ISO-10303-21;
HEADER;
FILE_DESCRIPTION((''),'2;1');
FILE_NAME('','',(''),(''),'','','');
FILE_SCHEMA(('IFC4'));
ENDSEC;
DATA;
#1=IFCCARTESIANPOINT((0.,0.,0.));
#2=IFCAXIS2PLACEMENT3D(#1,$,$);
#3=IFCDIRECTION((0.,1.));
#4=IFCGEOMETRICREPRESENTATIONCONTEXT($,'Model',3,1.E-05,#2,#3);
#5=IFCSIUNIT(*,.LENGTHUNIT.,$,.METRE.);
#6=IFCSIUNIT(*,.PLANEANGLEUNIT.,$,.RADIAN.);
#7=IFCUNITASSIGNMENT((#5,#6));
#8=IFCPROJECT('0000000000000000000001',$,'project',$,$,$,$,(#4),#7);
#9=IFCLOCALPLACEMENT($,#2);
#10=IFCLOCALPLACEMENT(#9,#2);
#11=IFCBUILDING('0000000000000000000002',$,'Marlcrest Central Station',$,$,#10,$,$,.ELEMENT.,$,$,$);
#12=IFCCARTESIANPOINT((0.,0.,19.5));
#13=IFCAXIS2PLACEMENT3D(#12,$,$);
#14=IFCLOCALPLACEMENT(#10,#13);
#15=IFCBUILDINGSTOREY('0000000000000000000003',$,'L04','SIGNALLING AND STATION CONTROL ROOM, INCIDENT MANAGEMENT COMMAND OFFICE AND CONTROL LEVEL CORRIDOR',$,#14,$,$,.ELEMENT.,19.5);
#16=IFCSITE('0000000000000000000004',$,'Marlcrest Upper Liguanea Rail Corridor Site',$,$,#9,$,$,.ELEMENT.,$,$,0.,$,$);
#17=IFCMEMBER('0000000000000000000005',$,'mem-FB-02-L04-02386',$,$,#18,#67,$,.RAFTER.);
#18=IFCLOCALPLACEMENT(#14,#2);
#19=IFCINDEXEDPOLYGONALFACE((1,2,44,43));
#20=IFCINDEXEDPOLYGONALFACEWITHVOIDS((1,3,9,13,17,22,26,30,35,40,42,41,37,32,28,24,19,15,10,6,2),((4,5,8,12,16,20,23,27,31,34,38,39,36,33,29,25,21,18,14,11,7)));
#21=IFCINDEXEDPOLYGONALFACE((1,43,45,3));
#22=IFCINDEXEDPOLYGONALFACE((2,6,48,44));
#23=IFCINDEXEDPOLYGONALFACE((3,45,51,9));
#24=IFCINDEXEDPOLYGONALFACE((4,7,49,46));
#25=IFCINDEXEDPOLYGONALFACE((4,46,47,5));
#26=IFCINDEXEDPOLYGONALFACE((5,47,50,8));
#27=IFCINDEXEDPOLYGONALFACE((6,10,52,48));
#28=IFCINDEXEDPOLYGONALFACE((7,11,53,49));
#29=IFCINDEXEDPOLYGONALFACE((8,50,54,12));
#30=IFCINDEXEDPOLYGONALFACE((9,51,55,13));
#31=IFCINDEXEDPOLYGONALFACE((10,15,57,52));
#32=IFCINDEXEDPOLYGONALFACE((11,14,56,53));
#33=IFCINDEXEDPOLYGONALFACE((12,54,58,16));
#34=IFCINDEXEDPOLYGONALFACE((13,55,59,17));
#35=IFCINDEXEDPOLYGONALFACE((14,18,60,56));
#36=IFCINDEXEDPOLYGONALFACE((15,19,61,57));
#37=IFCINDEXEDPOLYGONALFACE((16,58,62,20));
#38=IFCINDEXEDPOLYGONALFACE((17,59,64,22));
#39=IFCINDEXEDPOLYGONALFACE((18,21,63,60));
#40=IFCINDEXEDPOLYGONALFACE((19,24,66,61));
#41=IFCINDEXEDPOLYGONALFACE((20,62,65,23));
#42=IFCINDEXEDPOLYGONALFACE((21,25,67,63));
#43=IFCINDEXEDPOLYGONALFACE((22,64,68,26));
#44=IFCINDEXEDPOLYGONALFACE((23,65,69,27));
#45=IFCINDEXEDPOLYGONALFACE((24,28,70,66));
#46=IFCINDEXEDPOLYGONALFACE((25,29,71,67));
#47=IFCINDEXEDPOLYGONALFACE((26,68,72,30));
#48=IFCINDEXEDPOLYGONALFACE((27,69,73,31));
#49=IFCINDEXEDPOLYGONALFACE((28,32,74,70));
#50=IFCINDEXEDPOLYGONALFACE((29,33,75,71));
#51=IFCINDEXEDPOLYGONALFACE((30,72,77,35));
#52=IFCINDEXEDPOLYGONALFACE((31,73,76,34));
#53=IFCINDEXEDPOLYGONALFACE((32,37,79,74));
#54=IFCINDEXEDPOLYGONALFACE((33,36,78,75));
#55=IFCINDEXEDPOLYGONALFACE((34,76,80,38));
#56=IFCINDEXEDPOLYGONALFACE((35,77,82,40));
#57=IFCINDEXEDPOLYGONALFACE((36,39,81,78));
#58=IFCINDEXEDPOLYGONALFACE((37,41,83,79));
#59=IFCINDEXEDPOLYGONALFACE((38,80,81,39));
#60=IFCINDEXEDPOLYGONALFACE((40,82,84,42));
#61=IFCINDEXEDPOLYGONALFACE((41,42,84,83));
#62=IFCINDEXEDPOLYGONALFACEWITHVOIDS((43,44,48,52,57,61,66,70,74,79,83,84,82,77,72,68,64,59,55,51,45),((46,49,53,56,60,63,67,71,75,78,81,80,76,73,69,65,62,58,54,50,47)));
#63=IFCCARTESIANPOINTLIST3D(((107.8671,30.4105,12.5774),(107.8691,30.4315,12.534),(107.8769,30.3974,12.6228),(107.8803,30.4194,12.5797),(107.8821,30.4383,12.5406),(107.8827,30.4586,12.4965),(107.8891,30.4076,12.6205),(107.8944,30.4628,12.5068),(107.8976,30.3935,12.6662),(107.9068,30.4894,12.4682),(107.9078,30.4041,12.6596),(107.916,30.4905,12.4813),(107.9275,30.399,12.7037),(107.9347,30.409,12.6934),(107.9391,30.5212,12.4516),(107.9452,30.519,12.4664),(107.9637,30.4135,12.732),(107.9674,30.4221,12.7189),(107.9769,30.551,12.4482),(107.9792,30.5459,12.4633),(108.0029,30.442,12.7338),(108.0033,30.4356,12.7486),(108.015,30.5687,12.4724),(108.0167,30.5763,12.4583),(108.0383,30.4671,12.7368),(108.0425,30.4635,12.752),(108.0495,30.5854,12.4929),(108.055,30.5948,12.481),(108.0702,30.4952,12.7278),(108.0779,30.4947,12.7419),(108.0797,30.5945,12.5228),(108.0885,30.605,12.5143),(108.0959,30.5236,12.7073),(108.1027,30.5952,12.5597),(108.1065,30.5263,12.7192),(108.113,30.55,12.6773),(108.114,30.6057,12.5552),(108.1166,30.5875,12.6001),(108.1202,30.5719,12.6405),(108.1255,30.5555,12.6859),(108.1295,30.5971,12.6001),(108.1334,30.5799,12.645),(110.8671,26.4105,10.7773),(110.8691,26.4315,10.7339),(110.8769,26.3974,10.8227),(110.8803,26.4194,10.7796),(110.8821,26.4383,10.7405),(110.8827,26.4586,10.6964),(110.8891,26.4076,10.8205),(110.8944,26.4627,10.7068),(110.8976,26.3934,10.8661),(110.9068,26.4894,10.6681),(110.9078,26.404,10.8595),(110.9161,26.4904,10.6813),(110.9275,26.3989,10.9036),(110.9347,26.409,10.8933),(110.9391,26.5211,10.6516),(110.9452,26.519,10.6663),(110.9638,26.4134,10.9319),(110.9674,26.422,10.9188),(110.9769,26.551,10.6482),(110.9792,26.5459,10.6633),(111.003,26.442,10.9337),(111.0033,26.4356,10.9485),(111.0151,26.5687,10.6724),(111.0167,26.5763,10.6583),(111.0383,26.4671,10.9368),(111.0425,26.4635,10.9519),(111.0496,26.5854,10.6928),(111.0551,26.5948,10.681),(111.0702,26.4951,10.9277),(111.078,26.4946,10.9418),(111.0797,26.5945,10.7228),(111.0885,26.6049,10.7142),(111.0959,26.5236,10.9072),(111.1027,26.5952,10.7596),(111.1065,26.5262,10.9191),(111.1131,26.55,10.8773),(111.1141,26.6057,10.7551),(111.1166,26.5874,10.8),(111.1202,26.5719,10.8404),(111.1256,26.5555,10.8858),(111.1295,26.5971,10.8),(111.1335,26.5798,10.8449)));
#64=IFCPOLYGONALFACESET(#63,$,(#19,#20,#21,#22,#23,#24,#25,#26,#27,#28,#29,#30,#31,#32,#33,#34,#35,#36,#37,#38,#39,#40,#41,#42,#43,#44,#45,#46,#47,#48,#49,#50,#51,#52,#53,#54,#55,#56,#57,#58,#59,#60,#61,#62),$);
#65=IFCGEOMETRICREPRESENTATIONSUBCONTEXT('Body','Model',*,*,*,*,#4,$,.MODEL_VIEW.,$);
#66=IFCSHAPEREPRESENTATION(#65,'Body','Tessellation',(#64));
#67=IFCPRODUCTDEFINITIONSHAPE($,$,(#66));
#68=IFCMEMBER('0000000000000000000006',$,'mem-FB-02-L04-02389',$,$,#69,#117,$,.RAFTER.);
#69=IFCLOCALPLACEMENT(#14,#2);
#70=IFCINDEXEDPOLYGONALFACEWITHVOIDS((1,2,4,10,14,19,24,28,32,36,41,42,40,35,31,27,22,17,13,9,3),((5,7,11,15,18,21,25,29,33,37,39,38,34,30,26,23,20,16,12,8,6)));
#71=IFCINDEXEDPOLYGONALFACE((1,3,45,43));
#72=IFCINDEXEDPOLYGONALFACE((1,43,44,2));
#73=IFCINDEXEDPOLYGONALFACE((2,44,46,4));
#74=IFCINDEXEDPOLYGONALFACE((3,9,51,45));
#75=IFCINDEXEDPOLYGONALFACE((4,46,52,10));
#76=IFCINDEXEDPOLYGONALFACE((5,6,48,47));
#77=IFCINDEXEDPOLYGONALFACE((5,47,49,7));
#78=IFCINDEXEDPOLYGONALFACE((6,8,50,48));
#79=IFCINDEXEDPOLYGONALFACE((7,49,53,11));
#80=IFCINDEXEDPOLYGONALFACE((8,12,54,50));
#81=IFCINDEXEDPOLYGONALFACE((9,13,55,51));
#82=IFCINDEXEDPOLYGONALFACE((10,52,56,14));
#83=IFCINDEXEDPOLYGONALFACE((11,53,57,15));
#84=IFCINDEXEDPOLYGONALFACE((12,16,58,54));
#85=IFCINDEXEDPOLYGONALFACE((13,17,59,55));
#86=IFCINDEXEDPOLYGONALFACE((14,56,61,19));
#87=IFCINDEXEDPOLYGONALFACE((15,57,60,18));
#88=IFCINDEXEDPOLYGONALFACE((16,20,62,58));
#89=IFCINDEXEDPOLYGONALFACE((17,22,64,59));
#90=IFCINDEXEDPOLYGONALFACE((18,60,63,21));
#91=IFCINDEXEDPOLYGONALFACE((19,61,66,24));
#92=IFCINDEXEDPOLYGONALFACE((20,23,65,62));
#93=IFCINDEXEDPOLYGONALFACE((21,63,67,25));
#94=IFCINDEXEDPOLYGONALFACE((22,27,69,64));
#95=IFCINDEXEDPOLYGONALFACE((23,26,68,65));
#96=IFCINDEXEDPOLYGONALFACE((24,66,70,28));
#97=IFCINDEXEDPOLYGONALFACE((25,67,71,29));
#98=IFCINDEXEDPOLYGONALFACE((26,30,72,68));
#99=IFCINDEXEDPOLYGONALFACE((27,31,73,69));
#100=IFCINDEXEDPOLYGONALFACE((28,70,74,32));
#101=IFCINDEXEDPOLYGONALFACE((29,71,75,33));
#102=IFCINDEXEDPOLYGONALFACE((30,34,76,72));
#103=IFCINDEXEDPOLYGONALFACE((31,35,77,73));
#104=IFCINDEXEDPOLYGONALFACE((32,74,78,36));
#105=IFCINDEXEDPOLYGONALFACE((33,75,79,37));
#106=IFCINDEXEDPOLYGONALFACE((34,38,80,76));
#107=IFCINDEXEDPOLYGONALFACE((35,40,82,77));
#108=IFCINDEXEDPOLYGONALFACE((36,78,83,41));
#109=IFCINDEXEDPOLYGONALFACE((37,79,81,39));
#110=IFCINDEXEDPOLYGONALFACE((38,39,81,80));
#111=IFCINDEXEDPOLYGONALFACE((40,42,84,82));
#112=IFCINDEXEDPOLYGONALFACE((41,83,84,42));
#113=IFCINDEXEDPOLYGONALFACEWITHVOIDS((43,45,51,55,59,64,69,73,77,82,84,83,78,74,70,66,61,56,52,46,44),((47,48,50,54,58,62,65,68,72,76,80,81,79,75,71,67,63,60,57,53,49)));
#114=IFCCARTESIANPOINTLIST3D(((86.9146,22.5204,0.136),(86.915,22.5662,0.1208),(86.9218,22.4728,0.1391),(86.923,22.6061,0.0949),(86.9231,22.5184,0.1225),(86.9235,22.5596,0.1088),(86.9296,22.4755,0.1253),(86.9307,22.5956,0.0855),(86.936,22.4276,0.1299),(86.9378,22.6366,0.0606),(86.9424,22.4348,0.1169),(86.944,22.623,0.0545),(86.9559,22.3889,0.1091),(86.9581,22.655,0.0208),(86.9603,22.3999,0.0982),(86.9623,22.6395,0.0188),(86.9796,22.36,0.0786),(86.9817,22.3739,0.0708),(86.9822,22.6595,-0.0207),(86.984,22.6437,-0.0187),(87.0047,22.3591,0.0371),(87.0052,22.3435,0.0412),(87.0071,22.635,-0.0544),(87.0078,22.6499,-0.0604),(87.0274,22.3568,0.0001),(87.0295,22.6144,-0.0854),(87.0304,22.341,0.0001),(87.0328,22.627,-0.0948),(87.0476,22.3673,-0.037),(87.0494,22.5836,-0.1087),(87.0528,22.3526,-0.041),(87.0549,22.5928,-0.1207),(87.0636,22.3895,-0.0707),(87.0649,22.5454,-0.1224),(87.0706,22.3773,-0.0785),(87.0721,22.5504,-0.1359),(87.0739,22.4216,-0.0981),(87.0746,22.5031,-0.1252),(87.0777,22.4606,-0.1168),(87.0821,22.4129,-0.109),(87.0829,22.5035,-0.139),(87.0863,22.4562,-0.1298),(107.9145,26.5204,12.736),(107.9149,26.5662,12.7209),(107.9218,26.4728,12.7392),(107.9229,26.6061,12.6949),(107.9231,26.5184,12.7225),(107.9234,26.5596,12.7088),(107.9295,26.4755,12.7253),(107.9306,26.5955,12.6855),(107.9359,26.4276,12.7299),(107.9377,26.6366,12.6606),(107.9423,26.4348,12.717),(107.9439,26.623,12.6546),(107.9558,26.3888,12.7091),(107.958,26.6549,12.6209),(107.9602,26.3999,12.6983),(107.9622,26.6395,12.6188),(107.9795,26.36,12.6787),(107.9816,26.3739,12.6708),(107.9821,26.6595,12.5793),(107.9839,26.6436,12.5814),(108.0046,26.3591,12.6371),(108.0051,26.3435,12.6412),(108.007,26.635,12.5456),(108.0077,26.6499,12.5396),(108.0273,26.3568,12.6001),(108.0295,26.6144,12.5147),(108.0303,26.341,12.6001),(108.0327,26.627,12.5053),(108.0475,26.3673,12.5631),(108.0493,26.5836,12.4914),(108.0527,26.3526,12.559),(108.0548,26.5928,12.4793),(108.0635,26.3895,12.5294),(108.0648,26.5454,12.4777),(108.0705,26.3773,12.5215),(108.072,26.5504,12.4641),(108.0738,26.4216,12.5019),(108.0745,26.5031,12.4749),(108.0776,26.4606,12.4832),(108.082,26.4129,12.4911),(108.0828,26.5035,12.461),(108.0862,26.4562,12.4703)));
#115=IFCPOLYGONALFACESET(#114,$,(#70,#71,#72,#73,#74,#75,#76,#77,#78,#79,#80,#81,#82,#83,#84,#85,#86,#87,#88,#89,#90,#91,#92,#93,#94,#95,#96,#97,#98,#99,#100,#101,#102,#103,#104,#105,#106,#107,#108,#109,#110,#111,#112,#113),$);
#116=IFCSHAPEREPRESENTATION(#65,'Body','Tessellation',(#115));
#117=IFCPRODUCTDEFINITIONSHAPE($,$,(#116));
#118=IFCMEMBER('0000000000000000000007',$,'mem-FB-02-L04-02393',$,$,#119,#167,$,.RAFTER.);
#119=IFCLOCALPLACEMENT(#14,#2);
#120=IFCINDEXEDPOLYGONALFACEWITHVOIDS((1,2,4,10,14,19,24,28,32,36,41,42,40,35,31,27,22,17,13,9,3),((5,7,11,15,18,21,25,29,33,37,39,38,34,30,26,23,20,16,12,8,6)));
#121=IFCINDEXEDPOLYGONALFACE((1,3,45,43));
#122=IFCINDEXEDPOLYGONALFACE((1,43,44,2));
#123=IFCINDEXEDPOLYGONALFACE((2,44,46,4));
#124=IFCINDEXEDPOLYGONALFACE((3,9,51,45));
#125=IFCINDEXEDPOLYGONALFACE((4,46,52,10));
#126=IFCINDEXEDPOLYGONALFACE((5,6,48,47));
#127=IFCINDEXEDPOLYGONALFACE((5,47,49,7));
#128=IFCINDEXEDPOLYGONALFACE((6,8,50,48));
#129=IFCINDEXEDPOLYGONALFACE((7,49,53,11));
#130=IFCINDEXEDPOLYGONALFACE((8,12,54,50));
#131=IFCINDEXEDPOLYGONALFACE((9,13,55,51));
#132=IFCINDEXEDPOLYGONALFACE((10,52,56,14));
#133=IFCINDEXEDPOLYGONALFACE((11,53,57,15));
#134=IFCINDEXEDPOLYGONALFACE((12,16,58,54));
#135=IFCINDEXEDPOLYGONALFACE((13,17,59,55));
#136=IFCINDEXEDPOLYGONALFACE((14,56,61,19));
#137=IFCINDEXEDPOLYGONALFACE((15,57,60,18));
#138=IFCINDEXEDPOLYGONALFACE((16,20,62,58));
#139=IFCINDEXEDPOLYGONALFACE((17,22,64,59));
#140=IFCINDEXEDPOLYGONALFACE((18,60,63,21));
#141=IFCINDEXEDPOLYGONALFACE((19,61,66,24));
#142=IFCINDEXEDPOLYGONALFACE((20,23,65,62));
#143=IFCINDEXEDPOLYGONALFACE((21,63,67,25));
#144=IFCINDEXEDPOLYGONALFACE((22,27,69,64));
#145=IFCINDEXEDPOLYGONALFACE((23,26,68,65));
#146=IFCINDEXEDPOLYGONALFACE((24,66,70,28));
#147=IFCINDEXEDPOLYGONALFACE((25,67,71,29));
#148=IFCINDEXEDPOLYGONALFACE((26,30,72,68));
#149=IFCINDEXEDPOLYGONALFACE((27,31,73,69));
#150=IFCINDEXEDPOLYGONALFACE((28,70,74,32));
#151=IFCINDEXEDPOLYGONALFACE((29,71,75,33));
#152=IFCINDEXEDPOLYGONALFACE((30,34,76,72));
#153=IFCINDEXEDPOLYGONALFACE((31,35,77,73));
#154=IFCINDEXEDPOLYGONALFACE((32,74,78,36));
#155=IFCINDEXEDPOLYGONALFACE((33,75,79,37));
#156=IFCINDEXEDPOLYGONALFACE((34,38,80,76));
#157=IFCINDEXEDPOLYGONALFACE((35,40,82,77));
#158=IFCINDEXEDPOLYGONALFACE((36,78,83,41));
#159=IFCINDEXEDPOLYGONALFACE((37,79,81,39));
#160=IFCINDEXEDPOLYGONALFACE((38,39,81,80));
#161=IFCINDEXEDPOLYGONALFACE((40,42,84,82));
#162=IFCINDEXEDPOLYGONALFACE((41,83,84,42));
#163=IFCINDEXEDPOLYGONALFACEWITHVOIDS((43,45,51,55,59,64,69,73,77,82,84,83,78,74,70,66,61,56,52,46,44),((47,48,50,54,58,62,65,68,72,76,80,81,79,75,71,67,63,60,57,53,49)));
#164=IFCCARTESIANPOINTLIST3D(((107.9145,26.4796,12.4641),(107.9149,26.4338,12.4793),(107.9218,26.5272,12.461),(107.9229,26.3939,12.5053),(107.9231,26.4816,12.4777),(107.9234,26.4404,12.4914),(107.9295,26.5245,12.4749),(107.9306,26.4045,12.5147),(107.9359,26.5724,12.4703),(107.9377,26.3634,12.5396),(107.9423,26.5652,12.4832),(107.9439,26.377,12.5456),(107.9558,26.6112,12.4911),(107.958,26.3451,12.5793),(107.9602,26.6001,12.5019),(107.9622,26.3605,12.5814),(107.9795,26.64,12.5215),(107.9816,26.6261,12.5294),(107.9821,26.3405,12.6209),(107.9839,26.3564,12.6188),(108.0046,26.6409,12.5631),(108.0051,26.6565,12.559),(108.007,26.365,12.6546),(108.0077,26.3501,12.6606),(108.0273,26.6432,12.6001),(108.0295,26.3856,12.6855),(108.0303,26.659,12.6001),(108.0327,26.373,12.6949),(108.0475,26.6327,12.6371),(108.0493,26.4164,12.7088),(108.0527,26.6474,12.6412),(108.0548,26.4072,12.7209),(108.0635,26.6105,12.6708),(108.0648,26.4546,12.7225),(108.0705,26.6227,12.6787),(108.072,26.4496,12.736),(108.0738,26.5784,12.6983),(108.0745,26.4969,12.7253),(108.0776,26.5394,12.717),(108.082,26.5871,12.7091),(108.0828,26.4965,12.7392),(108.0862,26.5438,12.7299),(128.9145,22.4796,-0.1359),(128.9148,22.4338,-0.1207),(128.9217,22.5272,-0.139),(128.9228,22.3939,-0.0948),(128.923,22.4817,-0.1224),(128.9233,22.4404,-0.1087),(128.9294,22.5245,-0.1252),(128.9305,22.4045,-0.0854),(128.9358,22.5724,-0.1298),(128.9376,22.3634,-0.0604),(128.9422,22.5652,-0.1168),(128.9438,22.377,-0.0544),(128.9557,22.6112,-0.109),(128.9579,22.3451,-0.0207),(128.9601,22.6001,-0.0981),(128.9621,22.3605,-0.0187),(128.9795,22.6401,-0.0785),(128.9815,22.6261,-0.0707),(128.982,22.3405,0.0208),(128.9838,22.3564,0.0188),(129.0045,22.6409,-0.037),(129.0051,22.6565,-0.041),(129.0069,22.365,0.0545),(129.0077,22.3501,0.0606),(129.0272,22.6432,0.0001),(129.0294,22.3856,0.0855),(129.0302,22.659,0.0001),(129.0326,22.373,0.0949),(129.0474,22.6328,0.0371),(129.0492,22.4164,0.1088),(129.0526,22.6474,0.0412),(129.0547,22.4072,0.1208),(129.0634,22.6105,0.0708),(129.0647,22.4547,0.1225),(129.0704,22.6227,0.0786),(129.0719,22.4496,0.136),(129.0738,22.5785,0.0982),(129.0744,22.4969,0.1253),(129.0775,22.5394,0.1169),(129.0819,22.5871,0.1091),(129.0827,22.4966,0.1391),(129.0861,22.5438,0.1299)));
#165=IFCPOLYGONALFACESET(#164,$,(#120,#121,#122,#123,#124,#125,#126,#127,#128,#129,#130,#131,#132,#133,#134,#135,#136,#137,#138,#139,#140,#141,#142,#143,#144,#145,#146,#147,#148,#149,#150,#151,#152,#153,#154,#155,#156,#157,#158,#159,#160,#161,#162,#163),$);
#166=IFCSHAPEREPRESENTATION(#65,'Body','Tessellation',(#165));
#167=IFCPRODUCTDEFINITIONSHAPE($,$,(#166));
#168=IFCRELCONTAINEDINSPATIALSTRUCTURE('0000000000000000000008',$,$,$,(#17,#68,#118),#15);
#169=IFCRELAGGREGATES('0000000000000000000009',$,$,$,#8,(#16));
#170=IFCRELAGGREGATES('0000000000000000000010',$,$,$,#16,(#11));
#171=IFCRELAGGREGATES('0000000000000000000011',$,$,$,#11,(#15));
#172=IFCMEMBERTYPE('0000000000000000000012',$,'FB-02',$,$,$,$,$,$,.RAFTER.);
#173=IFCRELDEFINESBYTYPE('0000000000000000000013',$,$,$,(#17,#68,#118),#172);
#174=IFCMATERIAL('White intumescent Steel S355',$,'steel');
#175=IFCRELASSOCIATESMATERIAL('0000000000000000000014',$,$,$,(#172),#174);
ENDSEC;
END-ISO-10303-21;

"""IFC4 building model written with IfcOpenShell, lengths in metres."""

from ifc_helpers import new_model, si_unit, direction, frame, origin, origin_2d, place, context, subcontext, project, spatial, hollow_circle, extrude, material, material_profile, profile_set, type_object, element, save


model = new_model("IFC4")

# Units and contexts
model_context = context("Model", 3, precision=1e-05, world=origin(), true_north=direction((0.0, 1.0)))
body_context = subcontext(model_context, "Body", "Model", "MODEL_VIEW")
ifc_project = project(units=[si_unit("LENGTHUNIT", "METRE"), si_unit("PLANEANGLEUNIT", "RADIAN")], contexts=[model_context])

# Site, building, storey
site_placement = place(None, origin())
site = spatial("IfcSite", under=ifc_project, at=site_placement, Name="Marlcrest Upper Liguanea Rail Corridor Site", CompositionType="ELEMENT", RefElevation=0.0)
building_placement = place(site_placement, origin())
building = spatial("IfcBuilding", under=site, at=building_placement, Name="Marlcrest Central Station", CompositionType="ELEMENT")
storey_placement = place(building_placement, frame((0.0, 0.0, 19.5)))
storey = spatial("IfcBuildingStorey", under=building, at=storey_placement, Name="L04", Description="SIGNALLING AND STATION CONTROL ROOM, INCIDENT MANAGEMENT COMMAND OFFICE AND CONTROL LEVEL CORRIDOR", CompositionType="ELEMENT", Elevation=19.5)

# Members
ifc_material_1 = material(Name="White intumescent Steel S355", Category="steel")
ifc_material_profile_1 = material_profile(ifc_material_1, hollow_circle(Radius=0.1619, WallThickness=0.0161, at=origin_2d()), Name="CHS 323.9x16")
ifc_profile_set_1 = profile_set([ifc_material_profile_1], Name="White intumescent Steel S355")
member_type_1 = type_object("IfcMemberType", Name="FB-02", PredefinedType="RAFTER", material=ifc_profile_set_1)
for number, where, z_axis, x_axis, name in (
    (1, (108.0, 30.5, 12.6001), (0.564531, -0.752708, -0.338728), (0.8, 0.6, 0.0), "mem-FB-02-L04-02386"),
):
    element("IfcMember", number, at=place(storey_placement, frame(where, z_axis=z_axis, x_axis=x_axis)), inside=storey, type_object=member_type_1, Name=name, PredefinedType="RAFTER", context=body_context, shape_type="SweptSolid", body=[
        extrude(hollow_circle(Radius=0.1619, WallThickness=0.0161, at=origin_2d()), origin(), (0.0, 0.0, 1.0), 5.3142),
    ])
for number, where, z_axis, x_axis, name in (
    (2, (108.0, 26.5, 12.6001), (-0.846277, -0.161196, -0.50777), (0.187112, -0.982339, 0.0), "mem-FB-02-L04-02389"),
    (3, (108.0, 26.5, 12.6001), (0.846277, -0.161196, -0.50777), (0.187112, 0.982339, 0.0), "mem-FB-02-L04-02393"),
):
    element("IfcMember", number, at=place(storey_placement, frame(where, z_axis=z_axis, x_axis=x_axis)), inside=storey, type_object=member_type_1, Name=name, PredefinedType="RAFTER", context=body_context, shape_type="SweptSolid", body=[
        extrude(hollow_circle(Radius=0.1619, WallThickness=0.0161, at=origin_2d()), origin(), (0.0, 0.0, 1.0), 24.8145),
    ])

save(model, "model.ifc")
